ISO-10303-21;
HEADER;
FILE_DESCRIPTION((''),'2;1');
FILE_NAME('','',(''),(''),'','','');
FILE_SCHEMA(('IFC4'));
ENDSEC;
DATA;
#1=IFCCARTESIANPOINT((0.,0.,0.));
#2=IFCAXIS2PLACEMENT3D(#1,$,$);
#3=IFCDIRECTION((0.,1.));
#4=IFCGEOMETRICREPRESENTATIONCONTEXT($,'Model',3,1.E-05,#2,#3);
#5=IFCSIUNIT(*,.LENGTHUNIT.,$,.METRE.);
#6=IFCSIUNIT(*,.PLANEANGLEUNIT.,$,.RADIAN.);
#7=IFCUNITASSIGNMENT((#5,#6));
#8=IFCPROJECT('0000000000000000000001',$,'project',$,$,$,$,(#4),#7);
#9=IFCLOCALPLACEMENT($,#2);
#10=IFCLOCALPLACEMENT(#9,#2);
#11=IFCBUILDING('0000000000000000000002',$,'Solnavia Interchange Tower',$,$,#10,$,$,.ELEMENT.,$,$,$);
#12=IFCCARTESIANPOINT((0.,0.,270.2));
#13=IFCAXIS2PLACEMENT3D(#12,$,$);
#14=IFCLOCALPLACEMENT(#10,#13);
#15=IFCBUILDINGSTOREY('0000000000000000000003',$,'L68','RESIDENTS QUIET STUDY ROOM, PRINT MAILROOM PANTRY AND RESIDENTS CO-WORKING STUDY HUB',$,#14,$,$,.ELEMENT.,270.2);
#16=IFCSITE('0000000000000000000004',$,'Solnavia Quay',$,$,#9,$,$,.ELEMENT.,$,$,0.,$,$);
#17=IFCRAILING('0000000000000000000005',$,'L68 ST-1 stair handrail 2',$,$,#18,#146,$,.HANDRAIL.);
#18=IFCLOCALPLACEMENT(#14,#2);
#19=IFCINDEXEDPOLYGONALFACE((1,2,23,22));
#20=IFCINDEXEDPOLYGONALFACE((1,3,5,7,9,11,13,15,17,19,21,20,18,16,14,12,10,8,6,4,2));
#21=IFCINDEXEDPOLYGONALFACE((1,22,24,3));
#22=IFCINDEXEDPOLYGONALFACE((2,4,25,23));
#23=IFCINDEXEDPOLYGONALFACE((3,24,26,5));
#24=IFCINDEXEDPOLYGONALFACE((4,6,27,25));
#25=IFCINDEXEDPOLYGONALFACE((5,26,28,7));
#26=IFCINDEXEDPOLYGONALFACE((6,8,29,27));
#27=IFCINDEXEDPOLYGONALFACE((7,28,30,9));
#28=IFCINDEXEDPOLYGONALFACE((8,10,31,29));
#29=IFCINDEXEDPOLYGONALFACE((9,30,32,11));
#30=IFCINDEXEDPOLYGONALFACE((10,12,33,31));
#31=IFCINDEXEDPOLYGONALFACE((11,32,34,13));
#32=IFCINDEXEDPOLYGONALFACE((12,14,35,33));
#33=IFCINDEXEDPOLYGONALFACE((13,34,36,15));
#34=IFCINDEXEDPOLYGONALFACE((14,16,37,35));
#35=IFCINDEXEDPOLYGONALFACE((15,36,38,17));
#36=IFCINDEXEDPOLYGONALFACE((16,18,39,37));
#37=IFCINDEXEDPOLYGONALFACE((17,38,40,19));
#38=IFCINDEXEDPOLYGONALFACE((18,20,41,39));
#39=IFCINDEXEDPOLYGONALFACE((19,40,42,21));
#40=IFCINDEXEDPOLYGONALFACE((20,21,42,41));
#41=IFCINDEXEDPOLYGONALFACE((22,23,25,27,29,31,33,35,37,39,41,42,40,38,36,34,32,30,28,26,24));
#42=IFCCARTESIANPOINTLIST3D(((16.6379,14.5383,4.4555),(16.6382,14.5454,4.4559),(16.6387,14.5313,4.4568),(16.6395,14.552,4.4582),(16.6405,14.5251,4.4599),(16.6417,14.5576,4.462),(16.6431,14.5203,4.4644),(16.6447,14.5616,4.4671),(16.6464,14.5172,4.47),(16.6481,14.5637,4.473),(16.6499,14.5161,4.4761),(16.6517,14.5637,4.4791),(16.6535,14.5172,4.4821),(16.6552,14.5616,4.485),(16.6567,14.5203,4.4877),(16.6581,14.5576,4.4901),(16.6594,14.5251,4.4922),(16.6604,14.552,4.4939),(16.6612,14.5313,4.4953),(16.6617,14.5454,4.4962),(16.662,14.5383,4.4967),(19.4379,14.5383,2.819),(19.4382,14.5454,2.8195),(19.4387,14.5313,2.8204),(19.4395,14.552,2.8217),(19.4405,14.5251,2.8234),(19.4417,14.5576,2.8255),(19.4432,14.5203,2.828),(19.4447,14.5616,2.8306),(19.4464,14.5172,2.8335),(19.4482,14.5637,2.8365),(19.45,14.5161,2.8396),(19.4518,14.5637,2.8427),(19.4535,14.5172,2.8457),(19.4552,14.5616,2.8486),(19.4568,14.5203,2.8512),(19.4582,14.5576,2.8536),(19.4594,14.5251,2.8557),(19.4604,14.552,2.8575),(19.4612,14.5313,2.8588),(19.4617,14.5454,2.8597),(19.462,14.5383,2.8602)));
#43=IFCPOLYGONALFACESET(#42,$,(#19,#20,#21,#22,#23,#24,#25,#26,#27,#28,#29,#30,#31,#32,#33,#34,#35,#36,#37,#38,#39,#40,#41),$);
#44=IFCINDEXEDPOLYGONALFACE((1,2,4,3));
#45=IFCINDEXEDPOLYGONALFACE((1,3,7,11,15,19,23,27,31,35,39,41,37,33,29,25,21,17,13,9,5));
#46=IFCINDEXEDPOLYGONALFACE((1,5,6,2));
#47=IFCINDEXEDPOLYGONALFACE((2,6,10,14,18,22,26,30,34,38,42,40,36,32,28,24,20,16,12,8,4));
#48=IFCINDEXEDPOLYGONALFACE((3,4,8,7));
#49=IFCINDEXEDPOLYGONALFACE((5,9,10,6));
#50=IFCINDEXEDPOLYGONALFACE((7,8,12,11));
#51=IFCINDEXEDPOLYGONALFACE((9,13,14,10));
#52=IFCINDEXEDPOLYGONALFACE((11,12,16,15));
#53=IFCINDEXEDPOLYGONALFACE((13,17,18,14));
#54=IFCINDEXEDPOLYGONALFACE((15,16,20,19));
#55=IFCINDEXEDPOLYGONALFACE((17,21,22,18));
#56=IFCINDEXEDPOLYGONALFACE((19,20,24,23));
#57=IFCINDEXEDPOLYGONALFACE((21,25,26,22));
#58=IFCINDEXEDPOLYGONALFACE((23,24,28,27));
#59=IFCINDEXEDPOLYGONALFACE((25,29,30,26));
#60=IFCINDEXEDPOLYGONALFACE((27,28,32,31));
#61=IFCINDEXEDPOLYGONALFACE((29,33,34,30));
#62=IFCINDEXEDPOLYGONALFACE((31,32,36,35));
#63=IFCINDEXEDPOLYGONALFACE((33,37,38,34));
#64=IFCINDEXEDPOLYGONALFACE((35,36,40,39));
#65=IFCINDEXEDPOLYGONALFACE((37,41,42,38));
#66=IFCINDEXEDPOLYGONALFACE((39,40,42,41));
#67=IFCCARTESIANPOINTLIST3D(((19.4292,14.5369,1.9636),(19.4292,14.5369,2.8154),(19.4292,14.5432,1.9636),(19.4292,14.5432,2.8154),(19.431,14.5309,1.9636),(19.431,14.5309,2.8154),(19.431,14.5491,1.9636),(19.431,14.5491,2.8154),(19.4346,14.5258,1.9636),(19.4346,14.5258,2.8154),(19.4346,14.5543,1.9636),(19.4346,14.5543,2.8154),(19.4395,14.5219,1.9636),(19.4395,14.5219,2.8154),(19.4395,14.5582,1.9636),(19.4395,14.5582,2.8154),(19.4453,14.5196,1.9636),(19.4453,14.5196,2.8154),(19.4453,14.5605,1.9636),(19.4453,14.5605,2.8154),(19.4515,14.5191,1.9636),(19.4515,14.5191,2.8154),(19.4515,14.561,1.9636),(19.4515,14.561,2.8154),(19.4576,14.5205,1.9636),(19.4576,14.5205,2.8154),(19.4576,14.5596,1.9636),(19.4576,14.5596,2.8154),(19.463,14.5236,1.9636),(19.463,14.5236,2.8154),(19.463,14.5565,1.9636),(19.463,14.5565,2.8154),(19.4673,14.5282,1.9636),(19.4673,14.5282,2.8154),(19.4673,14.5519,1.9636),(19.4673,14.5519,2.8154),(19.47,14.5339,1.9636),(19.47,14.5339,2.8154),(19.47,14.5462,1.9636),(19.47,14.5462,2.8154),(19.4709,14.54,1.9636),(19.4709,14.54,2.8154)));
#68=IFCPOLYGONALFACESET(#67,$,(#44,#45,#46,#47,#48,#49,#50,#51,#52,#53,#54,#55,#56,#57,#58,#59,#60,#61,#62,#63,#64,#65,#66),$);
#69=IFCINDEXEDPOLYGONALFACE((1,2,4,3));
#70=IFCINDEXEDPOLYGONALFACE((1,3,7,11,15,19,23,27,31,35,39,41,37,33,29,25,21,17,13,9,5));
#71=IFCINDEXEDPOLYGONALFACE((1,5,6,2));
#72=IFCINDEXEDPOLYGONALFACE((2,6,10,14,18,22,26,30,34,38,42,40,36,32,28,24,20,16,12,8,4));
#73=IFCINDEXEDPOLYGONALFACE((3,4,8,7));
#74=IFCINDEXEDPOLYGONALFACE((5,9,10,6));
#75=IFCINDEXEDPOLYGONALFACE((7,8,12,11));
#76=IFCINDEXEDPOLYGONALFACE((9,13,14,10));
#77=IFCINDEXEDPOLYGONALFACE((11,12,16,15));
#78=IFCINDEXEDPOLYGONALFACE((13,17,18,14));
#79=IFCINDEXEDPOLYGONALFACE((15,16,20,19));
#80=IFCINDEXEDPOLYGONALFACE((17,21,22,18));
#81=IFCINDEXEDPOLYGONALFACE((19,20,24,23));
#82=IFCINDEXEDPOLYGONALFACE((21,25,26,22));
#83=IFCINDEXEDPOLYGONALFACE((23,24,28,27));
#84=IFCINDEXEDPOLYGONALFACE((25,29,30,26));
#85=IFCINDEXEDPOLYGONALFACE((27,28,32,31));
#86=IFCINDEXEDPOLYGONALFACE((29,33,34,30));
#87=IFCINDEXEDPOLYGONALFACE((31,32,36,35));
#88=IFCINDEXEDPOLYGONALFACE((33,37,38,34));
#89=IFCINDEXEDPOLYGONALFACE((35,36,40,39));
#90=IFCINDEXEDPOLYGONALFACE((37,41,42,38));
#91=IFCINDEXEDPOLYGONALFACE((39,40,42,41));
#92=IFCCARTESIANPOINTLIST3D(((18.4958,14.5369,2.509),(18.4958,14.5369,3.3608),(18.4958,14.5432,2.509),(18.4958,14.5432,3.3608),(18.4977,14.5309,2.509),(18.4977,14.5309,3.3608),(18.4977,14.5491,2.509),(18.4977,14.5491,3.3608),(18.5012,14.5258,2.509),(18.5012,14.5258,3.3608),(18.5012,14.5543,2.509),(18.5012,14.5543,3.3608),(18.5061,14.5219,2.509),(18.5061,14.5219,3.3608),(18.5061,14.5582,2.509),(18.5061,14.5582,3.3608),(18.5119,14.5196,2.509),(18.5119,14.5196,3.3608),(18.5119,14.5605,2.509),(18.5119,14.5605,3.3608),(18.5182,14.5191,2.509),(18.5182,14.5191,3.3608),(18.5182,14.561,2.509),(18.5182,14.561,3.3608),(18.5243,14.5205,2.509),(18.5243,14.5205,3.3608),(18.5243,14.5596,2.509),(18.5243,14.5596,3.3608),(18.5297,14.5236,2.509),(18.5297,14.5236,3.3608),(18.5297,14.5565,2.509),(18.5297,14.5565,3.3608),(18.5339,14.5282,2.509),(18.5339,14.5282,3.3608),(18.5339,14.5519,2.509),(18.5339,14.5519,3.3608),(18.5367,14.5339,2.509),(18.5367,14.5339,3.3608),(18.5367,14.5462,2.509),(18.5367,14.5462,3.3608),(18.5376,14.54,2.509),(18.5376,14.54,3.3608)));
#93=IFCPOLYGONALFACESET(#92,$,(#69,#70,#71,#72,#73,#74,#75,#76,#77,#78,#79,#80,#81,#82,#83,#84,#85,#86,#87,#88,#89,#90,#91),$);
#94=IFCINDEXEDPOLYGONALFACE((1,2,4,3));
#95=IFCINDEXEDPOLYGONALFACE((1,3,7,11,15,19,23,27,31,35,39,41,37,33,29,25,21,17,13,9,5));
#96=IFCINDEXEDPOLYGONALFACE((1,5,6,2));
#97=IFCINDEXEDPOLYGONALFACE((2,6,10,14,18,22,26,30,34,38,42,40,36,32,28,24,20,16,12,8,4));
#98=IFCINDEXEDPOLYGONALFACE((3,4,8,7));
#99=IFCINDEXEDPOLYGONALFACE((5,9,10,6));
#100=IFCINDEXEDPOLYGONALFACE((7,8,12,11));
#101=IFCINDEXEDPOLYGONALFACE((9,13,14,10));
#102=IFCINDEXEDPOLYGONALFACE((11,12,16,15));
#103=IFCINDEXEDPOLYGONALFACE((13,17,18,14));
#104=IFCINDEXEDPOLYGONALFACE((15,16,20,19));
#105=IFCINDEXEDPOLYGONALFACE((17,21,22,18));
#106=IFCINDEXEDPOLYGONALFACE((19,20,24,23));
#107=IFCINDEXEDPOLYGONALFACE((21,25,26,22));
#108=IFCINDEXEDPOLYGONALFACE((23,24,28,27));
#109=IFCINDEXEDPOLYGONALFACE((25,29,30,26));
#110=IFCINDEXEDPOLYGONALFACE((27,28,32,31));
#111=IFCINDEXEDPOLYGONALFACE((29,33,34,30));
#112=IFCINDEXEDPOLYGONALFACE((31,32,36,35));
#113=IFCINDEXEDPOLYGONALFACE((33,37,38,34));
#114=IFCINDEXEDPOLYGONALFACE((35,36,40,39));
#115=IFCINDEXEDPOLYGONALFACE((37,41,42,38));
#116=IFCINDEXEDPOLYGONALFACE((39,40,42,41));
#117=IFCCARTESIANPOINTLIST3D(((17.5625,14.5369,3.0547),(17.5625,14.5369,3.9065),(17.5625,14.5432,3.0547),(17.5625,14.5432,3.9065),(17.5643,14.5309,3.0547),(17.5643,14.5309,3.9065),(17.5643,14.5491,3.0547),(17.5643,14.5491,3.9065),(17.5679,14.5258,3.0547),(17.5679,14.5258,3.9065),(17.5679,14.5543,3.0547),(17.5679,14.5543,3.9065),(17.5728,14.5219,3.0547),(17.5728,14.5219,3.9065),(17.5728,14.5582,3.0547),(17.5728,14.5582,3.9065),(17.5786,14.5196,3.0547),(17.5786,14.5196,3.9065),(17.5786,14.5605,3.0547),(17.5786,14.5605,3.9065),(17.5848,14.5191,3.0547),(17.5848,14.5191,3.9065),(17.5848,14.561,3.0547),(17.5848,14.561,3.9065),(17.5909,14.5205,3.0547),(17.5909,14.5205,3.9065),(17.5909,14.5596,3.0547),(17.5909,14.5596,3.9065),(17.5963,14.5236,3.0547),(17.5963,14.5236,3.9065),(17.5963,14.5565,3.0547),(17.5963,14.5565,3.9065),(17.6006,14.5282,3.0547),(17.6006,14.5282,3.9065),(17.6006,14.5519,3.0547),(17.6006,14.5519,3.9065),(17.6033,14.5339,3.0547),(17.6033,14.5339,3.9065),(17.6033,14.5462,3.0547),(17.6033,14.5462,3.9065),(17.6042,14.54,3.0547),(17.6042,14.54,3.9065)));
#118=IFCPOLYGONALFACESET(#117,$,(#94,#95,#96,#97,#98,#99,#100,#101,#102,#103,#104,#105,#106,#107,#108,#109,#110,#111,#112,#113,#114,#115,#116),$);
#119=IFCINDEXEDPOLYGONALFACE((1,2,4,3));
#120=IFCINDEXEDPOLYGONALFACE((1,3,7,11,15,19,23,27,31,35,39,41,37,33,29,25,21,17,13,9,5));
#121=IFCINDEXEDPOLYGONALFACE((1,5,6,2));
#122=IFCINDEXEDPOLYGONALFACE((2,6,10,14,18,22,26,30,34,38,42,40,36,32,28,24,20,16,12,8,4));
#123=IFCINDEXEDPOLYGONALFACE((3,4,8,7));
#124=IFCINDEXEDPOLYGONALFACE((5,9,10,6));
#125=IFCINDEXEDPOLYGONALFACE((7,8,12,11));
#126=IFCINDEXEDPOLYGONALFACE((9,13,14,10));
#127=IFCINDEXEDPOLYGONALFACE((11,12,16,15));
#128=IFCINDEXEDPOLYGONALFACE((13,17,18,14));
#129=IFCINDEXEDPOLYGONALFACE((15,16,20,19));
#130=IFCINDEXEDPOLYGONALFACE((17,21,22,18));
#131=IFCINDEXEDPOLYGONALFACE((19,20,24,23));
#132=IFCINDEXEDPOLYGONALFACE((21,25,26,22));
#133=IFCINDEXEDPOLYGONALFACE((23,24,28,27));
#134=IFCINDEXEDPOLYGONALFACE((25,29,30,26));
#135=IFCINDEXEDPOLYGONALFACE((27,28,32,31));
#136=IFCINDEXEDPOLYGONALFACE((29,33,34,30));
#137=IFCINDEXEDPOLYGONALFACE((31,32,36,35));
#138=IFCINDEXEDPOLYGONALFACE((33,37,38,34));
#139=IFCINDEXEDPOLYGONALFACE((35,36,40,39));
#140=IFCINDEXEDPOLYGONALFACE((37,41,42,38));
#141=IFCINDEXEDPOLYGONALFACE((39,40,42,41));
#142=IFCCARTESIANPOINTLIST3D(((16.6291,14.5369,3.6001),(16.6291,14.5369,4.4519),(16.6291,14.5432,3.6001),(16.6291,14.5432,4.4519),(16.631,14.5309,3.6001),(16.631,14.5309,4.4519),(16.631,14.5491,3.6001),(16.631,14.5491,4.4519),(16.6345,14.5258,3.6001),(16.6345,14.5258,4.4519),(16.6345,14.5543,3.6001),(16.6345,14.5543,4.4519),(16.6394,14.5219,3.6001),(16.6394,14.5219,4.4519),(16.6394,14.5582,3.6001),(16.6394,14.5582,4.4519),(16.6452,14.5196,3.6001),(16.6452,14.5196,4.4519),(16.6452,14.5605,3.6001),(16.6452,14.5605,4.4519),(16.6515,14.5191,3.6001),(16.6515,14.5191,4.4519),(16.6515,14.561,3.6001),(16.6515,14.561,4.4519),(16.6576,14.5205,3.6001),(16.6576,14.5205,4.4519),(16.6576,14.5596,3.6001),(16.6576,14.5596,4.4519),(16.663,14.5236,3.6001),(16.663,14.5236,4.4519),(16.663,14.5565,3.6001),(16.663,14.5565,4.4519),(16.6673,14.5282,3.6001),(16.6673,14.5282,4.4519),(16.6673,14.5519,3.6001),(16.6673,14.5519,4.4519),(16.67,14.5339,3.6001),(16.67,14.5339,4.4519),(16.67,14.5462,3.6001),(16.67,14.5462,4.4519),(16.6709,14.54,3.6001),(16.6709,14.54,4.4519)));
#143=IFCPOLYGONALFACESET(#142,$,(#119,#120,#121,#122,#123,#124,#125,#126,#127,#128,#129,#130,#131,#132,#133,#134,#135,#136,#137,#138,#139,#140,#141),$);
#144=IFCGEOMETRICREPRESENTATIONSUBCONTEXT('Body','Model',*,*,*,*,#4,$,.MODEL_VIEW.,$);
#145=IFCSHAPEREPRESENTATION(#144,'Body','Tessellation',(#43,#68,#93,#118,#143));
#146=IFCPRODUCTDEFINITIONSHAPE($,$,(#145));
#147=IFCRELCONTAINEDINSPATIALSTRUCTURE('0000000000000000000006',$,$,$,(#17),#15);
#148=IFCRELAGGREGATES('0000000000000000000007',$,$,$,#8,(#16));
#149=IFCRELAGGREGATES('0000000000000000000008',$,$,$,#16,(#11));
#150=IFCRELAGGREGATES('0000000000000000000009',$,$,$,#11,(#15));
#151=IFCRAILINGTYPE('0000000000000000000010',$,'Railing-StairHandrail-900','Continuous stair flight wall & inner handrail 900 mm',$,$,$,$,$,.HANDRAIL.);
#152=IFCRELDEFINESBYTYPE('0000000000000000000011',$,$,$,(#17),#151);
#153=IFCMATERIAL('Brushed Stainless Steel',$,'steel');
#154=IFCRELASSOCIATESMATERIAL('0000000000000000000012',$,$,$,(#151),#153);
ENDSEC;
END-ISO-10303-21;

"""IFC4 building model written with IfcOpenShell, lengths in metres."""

from ifc_helpers import new_model, si_unit, direction, frame, origin, origin_2d, place, context, subcontext, project, spatial, circle, extrude, material, type_object, element, save


model = new_model("IFC4")

# Units and contexts
model_context = context("Model", 3, precision=1e-05, world=origin(), true_north=direction((0.0, 1.0)))
body_context = subcontext(model_context, "Body", "Model", "MODEL_VIEW")
ifc_project = project(units=[si_unit("LENGTHUNIT", "METRE"), si_unit("PLANEANGLEUNIT", "RADIAN")], contexts=[model_context])

# Site, building, storey
site_placement = place(None, origin())
site = spatial("IfcSite", under=ifc_project, at=site_placement, Name="Solnavia Quay", CompositionType="ELEMENT", RefElevation=0.0)
building_placement = place(site_placement, origin())
building = spatial("IfcBuilding", under=site, at=building_placement, Name="Solnavia Interchange Tower", CompositionType="ELEMENT")
storey_placement = place(building_placement, frame((0.0, 0.0, 270.2)))
storey = spatial("IfcBuildingStorey", under=building, at=storey_placement, Name="L68", Description="RESIDENTS QUIET STUDY ROOM, PRINT MAILROOM PANTRY AND RESIDENTS CO-WORKING STUDY HUB", CompositionType="ELEMENT", Elevation=270.2)

# Railing
ifc_material_1 = material(Name="Brushed Stainless Steel", Category="steel")
railing_type_1 = type_object("IfcRailingType", Name="Railing-StairHandrail-900", Description="Continuous stair flight wall & inner handrail 900 mm", PredefinedType="HANDRAIL", material=ifc_material_1)
railing_1_placement = place(storey_placement, frame((19.45, 14.54, 1.9636)))
element("IfcRailing", 1, at=railing_1_placement, inside=storey, type_object=railing_type_1, Name="L68 ST-1 stair handrail 2", PredefinedType="HANDRAIL", context=body_context, shape_type="SweptSolid", body=[
    extrude(circle(Radius=0.0239, at=origin_2d()), frame((0.0, 0.0, 0.876), z_axis=(-0.863361, 0.0, 0.504587), x_axis=(0.0, -1.0, 0.0)), (0.0, 0.0, 1.0), 3.2432),
    extrude(circle(Radius=0.021, at=origin_2d()), origin(), (0.0, 0.0, 1.0), 0.8518),
    extrude(circle(Radius=0.021, at=origin_2d()), frame((-0.9333, 0.0, 0.5454)), (0.0, 0.0, 1.0), 0.8518),
    extrude(circle(Radius=0.021, at=origin_2d()), frame((-1.8667, 0.0, 1.0911)), (0.0, 0.0, 1.0), 0.8518),
    extrude(circle(Radius=0.021, at=origin_2d()), frame((-2.8, 0.0, 1.6365)), (0.0, 0.0, 1.0), 0.8518),
])

save(model, "model.ifc")
